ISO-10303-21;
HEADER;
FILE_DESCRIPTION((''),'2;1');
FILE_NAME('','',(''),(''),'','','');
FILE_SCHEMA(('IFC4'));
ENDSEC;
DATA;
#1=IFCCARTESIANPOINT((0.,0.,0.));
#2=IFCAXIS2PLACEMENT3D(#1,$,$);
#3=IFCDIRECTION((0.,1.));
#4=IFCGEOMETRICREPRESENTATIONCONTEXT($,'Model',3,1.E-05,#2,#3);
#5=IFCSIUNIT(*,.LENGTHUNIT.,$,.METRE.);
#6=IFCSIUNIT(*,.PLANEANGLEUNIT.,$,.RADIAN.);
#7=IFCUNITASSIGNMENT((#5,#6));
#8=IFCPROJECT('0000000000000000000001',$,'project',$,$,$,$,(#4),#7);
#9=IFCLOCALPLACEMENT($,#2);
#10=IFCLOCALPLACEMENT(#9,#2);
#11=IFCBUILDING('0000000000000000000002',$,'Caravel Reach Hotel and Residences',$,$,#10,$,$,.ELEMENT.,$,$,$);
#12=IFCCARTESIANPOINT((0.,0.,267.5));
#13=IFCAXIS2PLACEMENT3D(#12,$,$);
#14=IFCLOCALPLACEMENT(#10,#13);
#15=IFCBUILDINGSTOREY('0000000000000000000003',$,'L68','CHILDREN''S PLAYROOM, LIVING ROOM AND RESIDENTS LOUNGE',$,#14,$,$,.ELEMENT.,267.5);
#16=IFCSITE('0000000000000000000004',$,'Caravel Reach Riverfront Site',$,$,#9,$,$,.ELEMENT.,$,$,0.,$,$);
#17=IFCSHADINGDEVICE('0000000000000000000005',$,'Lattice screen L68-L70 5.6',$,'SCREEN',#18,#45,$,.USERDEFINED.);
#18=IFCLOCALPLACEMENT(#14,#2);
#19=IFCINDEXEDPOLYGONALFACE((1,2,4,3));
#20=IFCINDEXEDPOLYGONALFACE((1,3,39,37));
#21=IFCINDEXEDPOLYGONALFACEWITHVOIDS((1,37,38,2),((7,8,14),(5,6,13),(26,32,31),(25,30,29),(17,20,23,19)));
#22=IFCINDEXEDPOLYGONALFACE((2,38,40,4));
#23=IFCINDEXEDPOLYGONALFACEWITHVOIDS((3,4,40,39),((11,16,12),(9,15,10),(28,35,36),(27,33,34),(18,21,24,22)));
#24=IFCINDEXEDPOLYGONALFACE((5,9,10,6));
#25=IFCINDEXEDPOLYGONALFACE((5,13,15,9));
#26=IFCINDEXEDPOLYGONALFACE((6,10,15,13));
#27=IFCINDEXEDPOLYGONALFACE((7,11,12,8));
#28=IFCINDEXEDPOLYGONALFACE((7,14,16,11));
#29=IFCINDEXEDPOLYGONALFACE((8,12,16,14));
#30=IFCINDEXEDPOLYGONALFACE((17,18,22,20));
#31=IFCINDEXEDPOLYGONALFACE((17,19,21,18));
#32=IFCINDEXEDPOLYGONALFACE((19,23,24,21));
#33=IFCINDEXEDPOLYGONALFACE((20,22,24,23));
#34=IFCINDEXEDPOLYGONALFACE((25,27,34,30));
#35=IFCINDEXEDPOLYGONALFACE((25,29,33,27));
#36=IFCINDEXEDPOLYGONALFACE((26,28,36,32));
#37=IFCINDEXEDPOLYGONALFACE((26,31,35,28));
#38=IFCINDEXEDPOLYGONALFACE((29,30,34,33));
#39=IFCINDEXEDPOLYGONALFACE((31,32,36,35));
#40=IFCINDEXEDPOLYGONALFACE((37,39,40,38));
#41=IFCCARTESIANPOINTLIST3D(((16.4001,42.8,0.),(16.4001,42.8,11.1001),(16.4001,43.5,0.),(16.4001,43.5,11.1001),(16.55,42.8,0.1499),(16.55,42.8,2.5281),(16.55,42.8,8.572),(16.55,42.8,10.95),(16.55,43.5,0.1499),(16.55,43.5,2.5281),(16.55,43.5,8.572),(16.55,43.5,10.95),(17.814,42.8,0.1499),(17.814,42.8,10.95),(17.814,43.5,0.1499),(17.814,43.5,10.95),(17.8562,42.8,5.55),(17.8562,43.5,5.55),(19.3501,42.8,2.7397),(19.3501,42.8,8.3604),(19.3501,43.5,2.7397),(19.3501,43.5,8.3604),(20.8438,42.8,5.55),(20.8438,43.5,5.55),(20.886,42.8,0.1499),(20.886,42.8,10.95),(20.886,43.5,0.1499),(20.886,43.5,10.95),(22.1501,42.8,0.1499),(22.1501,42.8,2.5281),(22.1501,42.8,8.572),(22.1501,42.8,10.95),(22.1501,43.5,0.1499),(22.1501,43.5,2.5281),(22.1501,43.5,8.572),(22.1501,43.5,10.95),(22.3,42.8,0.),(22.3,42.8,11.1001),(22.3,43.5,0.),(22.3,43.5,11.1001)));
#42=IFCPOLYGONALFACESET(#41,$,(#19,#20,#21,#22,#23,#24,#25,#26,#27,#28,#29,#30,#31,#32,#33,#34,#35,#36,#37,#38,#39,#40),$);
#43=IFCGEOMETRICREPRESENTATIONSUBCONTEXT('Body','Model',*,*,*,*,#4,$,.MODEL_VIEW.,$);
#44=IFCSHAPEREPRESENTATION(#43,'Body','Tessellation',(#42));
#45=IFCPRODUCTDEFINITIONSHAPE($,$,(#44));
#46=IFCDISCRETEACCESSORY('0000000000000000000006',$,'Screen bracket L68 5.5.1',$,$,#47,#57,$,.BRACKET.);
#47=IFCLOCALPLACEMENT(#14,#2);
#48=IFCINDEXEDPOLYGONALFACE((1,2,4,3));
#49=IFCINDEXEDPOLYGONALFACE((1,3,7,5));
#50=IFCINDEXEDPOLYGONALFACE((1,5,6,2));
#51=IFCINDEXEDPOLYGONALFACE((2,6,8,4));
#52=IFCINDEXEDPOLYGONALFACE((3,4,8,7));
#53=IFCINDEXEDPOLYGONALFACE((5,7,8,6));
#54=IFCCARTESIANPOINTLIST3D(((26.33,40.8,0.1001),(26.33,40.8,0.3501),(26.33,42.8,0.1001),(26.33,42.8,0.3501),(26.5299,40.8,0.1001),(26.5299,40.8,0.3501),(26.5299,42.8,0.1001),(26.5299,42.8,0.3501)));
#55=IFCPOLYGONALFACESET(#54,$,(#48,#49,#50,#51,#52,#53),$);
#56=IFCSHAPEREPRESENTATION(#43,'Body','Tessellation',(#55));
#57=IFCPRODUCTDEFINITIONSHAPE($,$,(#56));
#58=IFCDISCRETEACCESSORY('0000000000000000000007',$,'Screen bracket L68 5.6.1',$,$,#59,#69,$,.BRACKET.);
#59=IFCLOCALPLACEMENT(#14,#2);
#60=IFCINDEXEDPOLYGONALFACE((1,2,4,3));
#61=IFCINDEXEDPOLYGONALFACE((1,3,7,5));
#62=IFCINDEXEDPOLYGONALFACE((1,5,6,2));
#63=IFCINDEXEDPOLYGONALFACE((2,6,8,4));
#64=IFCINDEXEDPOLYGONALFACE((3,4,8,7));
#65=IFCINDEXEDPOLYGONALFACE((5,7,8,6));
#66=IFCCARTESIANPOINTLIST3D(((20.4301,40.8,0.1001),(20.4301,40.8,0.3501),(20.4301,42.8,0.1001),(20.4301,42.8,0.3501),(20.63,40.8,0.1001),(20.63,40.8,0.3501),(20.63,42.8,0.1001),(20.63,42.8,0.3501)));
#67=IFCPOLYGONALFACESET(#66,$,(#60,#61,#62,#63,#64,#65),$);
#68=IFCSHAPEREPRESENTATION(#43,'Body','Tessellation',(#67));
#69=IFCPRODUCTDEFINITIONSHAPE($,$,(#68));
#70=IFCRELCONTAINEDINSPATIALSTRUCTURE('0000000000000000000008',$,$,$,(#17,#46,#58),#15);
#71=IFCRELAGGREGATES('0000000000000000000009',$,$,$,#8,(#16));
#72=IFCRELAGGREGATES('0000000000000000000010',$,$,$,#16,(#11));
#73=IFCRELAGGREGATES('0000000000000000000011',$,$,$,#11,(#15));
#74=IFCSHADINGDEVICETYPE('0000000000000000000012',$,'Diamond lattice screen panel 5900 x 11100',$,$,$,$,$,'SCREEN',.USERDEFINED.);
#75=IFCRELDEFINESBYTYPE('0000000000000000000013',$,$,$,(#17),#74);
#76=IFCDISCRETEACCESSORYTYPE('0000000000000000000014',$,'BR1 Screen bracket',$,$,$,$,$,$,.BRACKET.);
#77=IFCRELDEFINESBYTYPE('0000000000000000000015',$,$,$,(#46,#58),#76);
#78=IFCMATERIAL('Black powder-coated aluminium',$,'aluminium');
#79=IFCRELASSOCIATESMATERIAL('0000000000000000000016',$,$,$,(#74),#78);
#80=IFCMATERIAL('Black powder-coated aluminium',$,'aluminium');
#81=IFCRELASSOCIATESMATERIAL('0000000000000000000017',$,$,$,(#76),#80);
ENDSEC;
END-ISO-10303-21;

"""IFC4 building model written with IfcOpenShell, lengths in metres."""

from ifc_helpers import new_model, si_unit, direction, frame, origin, origin_2d, place, context, subcontext, project, spatial, polyline, rectangle, outline, extrude, material, type_object, element, save


model = new_model("IFC4")

# Units and contexts
model_context = context("Model", 3, precision=1e-05, world=origin(), true_north=direction((0.0, 1.0)))
body_context = subcontext(model_context, "Body", "Model", "MODEL_VIEW")
ifc_project = project(units=[si_unit("LENGTHUNIT", "METRE"), si_unit("PLANEANGLEUNIT", "RADIAN")], contexts=[model_context])

# Site, building, storey
site_placement = place(None, origin())
site = spatial("IfcSite", under=ifc_project, at=site_placement, Name="Caravel Reach Riverfront Site", CompositionType="ELEMENT", RefElevation=0.0)
building_placement = place(site_placement, origin())
building = spatial("IfcBuilding", under=site, at=building_placement, Name="Caravel Reach Hotel and Residences", CompositionType="ELEMENT")
storey_placement = place(building_placement, frame((0.0, 0.0, 267.5)))
storey = spatial("IfcBuildingStorey", under=building, at=storey_placement, Name="L68", Description="CHILDREN'S PLAYROOM, LIVING ROOM AND RESIDENTS LOUNGE", CompositionType="ELEMENT", Elevation=267.5)

# Shading device
ifc_material_1 = material(Name="Black powder-coated aluminium", Category="aluminium")
shading_device_type = type_object("IfcShadingDeviceType", Name="Diamond lattice screen panel 5900 x 11100", ElementType="SCREEN", PredefinedType="USERDEFINED", material=ifc_material_1)
shading_device_placement = place(storey_placement, frame((22.3, 42.8, 0.0), z_axis=(0.0, 1.0, 0.0), x_axis=(-1.0, 0.0, 0.0)))
element("IfcShadingDevice", 1, at=shading_device_placement, inside=storey, type_object=shading_device_type, Name="Lattice screen L68-L70 5.6", ObjectType="SCREEN", PredefinedType="USERDEFINED", context=body_context, shape_type="SweptSolid", body=[
    extrude(outline(polyline([(0.0, 0.0), (5.8999, 0.0), (5.8999, 11.1001), (0.0, 11.1001), (0.0, 0.0)]), holes=[polyline([(1.4141, 0.1499), (0.1499, 2.5281), (0.1499, 0.1499), (1.4141, 0.1499)]), polyline([(0.1499, 8.572), (1.4141, 10.95), (0.1499, 10.95), (0.1499, 8.572)]), polyline([(2.95, 8.3604), (1.4563, 5.55), (2.95, 2.7397), (4.4438, 5.55), (2.95, 8.3604)]), polyline([(5.75, 2.5281), (4.4861, 0.1499), (5.75, 0.1499), (5.75, 2.5281)]), polyline([(4.4861, 10.95), (5.75, 8.572), (5.75, 10.95), (4.4861, 10.95)])]), origin(), (0.0, 0.0, 1.0), 0.7),
])

# Discrete accessories
ifc_material_2 = material(Name="Black powder-coated aluminium", Category="aluminium")
discrete_accessory_type = type_object("IfcDiscreteAccessoryType", Name="BR1 Screen bracket", PredefinedType="BRACKET", material=ifc_material_2)
for number, where, z_axis, x_axis, name in (
    (2, (26.4299, 41.8, 0.1001), (0.0, 0.0, 1.0), (0.0, 1.0, 0.0), "Screen bracket L68 5.5.1"),
    (3, (20.53, 41.8, 0.1001), (0.0, 0.0, 1.0), (0.0, 1.0, 0.0), "Screen bracket L68 5.6.1"),
):
    element("IfcDiscreteAccessory", number, at=place(storey_placement, frame(where, z_axis=z_axis, x_axis=x_axis)), inside=storey, type_object=discrete_accessory_type, Name=name, PredefinedType="BRACKET", context=body_context, shape_type="SweptSolid", body=[
        extrude(rectangle(XDim=2.0, YDim=0.2, at=origin_2d()), origin(), (0.0, 0.0, 1.0), 0.25),
    ])

save(model, "model.ifc")
